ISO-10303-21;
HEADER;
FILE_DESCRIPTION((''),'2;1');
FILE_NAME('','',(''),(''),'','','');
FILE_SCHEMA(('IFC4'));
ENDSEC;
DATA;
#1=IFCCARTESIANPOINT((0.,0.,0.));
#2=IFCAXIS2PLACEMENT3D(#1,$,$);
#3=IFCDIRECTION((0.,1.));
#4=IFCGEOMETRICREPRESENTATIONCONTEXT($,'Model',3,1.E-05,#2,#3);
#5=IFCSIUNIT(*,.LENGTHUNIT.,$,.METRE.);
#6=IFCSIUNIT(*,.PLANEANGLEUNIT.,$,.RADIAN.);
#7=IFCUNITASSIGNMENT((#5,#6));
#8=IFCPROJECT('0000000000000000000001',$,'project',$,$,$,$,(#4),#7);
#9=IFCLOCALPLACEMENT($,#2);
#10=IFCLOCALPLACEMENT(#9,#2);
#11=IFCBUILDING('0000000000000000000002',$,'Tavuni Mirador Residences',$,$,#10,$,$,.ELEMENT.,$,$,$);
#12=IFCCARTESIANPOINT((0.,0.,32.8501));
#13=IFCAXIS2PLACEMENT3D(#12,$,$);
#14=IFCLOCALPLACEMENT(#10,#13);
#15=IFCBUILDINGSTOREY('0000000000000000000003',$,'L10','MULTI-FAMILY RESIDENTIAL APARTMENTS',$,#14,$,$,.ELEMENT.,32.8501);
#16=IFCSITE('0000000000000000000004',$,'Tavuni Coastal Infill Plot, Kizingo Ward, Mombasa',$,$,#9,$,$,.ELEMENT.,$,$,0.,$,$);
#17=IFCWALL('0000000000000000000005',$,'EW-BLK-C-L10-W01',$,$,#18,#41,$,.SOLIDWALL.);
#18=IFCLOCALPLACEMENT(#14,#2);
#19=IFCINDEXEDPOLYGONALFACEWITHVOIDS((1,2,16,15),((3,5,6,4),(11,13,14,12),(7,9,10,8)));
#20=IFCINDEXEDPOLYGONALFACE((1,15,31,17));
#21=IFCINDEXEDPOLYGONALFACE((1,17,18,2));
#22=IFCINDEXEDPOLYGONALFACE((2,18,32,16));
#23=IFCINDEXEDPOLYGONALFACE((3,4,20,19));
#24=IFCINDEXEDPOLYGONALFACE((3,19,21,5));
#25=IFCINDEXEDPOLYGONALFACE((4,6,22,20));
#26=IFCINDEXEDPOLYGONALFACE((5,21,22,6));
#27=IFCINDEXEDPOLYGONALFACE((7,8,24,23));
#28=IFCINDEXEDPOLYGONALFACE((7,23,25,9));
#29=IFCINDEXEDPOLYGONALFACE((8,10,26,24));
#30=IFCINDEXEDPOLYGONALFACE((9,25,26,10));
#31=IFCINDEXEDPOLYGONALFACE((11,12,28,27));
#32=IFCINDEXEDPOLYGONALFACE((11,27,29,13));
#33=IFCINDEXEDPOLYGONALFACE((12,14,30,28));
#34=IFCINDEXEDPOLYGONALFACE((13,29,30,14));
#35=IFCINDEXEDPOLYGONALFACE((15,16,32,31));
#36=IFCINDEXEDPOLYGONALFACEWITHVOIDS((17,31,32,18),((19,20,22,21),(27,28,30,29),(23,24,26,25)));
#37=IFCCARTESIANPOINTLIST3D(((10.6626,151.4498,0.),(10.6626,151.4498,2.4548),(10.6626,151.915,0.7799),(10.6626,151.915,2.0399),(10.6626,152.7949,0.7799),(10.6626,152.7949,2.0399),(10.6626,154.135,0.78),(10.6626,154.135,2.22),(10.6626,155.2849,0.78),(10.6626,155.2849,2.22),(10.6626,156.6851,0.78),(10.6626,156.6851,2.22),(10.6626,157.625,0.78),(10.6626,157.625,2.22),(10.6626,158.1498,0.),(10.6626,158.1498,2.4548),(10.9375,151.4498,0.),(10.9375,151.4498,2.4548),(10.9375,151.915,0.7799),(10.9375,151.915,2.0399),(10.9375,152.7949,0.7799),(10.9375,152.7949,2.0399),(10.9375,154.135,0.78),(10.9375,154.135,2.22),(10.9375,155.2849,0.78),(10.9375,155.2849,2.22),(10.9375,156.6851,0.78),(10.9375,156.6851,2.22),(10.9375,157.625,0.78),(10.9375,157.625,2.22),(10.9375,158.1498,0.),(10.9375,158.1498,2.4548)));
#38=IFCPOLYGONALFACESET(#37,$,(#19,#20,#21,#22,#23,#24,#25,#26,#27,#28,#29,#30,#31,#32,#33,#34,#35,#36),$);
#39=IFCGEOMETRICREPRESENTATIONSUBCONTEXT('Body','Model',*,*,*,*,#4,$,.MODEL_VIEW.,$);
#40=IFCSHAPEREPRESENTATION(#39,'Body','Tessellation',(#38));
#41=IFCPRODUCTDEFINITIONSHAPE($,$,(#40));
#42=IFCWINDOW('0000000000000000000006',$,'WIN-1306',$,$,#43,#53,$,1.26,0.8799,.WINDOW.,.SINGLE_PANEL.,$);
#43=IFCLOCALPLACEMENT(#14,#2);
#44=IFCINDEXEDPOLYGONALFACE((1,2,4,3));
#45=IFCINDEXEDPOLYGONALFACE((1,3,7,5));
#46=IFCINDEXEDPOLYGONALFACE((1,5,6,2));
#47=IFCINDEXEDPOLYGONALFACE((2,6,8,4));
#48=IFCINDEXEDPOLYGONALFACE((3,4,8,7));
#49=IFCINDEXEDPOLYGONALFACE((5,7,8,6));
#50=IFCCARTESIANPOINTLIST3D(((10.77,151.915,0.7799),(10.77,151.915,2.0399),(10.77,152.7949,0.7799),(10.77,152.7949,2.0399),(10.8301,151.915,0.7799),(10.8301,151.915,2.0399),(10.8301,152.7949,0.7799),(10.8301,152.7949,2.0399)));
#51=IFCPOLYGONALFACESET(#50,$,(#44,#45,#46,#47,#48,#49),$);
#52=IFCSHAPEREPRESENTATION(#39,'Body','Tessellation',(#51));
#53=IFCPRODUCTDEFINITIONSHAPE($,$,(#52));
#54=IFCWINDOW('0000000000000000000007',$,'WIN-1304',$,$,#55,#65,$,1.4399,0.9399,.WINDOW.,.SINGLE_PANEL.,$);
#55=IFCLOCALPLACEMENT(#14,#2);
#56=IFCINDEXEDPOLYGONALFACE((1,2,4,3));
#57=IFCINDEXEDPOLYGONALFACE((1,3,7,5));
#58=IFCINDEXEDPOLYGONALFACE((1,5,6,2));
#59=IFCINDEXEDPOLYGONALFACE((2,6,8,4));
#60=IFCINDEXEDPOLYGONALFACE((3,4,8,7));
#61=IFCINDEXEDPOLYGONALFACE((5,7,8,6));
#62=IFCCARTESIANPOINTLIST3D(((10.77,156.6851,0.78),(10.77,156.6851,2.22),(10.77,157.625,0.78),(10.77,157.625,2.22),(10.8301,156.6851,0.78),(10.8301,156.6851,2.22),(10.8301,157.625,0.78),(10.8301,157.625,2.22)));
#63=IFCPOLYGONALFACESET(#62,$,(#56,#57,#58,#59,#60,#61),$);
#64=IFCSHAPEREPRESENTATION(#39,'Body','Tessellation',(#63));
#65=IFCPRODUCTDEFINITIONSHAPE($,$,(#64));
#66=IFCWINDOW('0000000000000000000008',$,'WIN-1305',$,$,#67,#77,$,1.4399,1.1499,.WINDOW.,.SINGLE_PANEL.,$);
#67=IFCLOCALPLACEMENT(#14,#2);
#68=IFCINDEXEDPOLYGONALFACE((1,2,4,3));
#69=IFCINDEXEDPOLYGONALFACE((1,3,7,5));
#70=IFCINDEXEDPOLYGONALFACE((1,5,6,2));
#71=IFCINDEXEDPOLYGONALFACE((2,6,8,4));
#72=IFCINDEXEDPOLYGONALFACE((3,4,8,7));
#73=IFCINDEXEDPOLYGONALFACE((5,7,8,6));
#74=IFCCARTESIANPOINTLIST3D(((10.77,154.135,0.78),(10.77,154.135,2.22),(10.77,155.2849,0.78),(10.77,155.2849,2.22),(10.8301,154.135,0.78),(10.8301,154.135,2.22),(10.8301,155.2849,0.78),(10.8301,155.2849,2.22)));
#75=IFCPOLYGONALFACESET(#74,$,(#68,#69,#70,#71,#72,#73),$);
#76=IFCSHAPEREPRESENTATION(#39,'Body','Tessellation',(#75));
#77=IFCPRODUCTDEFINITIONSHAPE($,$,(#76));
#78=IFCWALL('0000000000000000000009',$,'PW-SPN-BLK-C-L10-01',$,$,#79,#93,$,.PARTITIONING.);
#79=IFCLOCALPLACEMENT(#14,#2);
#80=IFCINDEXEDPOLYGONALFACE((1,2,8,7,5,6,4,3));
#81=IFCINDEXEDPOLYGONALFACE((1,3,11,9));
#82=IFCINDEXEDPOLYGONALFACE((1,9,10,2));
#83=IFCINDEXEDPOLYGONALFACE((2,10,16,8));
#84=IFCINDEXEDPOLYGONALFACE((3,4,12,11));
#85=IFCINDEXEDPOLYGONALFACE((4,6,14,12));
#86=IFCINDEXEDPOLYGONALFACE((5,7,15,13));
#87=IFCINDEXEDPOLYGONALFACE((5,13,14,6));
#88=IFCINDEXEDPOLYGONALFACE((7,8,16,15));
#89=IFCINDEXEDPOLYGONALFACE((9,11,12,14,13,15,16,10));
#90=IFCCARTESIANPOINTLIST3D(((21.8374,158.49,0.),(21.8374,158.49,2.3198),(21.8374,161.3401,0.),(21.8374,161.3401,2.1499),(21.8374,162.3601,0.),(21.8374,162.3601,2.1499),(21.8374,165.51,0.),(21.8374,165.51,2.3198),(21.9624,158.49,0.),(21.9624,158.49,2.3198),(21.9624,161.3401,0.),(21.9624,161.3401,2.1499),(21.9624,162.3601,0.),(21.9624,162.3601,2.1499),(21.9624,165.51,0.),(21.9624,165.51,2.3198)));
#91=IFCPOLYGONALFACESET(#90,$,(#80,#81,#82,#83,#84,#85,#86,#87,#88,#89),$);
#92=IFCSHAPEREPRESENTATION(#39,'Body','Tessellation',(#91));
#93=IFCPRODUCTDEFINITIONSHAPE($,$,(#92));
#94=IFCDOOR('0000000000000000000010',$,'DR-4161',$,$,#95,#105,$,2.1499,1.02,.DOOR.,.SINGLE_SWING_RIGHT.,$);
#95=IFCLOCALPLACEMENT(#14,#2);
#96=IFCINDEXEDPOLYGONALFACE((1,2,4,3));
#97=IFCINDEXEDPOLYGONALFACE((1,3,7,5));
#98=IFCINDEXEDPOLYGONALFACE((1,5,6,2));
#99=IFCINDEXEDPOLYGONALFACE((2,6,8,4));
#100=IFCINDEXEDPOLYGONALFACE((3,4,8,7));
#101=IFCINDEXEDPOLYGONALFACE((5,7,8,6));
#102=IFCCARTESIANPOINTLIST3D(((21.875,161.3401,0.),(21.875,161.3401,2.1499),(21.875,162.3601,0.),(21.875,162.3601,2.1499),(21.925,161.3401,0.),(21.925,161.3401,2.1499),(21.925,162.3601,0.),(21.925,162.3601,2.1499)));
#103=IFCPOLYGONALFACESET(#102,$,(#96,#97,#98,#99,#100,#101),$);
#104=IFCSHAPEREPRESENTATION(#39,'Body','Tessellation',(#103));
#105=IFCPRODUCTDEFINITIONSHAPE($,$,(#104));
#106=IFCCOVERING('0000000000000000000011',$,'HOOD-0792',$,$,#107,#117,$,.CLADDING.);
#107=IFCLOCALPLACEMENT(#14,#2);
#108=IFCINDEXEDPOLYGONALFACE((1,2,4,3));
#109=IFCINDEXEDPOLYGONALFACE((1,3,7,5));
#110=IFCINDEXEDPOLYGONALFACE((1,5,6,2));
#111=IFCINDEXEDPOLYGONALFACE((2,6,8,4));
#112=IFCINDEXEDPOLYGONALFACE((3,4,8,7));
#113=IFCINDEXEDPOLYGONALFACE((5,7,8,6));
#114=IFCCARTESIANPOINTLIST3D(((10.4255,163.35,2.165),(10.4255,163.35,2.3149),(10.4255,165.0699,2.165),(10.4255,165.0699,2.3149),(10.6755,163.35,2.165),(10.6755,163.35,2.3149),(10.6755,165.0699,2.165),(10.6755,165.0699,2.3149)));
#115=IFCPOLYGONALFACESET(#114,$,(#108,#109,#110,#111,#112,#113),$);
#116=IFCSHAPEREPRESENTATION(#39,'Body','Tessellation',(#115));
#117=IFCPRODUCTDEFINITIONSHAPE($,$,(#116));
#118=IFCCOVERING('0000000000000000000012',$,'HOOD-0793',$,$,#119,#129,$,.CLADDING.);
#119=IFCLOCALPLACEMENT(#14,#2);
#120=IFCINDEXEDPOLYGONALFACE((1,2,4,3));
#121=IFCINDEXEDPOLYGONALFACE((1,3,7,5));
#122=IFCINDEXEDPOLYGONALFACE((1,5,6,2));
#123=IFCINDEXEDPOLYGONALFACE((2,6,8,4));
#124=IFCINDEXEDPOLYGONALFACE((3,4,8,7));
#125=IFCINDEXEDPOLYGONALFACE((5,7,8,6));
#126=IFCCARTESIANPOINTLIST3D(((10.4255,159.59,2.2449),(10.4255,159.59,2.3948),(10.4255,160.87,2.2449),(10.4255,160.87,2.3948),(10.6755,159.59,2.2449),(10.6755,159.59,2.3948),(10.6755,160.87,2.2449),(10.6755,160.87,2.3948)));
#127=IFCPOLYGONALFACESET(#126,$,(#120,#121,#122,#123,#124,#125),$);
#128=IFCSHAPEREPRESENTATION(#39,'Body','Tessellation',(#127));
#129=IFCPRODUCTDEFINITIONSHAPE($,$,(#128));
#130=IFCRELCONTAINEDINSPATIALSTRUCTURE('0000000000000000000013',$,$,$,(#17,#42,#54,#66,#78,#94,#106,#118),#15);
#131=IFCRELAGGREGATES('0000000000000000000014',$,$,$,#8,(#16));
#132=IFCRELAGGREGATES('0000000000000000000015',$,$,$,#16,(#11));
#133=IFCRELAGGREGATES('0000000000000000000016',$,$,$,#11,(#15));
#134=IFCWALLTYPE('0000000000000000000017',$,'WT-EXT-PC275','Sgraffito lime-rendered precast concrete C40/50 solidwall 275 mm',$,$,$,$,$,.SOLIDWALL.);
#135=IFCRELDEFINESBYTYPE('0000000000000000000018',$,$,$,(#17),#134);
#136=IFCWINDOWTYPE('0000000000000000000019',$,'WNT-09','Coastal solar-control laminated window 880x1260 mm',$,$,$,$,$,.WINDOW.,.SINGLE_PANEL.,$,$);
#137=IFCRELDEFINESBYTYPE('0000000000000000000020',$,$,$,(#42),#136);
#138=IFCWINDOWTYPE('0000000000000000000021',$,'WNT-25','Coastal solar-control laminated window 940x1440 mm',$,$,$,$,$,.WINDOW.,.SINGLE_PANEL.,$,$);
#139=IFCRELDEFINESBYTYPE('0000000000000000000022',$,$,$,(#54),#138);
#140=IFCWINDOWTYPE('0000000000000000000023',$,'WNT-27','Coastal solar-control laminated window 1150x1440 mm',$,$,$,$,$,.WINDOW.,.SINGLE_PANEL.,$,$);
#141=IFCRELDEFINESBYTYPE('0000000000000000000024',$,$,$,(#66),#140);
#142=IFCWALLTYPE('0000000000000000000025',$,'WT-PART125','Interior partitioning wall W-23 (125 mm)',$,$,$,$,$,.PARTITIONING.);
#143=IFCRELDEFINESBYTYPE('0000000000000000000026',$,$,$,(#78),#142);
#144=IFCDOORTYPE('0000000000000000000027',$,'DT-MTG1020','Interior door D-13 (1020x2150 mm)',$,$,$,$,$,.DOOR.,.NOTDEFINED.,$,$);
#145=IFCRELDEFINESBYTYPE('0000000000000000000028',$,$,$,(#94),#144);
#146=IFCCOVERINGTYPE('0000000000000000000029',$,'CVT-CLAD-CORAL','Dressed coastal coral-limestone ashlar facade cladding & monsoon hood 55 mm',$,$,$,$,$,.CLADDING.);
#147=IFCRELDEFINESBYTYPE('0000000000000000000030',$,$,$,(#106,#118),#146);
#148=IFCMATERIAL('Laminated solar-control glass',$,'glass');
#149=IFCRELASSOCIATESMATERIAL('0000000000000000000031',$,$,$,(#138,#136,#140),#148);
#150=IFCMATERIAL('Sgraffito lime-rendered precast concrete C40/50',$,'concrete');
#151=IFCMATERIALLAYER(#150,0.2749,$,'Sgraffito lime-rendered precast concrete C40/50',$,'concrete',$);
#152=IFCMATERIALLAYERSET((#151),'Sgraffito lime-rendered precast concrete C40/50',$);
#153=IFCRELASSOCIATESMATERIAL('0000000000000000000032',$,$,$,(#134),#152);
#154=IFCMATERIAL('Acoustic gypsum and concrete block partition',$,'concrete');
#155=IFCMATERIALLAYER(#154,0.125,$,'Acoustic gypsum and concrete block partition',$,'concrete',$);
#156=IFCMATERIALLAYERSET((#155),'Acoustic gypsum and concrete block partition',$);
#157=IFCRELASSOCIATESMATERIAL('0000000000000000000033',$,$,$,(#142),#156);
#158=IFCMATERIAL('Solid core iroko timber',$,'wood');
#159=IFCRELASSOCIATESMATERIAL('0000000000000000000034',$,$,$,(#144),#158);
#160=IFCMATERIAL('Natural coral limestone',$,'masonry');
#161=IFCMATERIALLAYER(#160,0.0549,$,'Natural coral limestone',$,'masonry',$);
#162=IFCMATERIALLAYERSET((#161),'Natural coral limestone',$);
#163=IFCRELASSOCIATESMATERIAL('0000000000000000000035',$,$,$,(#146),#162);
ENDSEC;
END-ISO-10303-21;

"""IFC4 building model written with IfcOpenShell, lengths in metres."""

from ifc_helpers import new_model, si_unit, direction, frame, frame_2d, origin, origin_2d, place, context, subcontext, project, spatial, rectangle, extrude, material, layer, layer_set, type_object, element, fill, save


model = new_model("IFC4")

# Units and contexts
model_context = context("Model", 3, precision=1e-05, world=origin(), true_north=direction((0.0, 1.0)))
body_context = subcontext(model_context, "Body", "Model", "MODEL_VIEW")
ifc_project = project(units=[si_unit("LENGTHUNIT", "METRE"), si_unit("PLANEANGLEUNIT", "RADIAN")], contexts=[model_context])

# Site, building, storey
site_placement = place(None, origin())
site = spatial("IfcSite", under=ifc_project, at=site_placement, Name="Tavuni Coastal Infill Plot, Kizingo Ward, Mombasa", CompositionType="ELEMENT", RefElevation=0.0)
building_placement = place(site_placement, origin())
building = spatial("IfcBuilding", under=site, at=building_placement, Name="Tavuni Mirador Residences", CompositionType="ELEMENT")
storey_placement = place(building_placement, frame((0.0, 0.0, 32.8501)))
storey = spatial("IfcBuildingStorey", under=building, at=storey_placement, Name="L10", Description="MULTI-FAMILY RESIDENTIAL APARTMENTS", CompositionType="ELEMENT", Elevation=32.8501)

# Wall, openings, windows
ifc_material_1 = material(Name="Sgraffito lime-rendered precast concrete C40/50", Category="concrete")
ifc_material_2 = material(Name="Laminated solar-control glass", Category="glass")
window_type_1 = type_object("IfcWindowType", Name="WNT-25", Description="Coastal solar-control laminated window 940x1440 mm", PartitioningType="SINGLE_PANEL", PredefinedType="WINDOW", material=ifc_material_2)
ifc_layer_1 = layer(ifc_material_1, 0.2749, Name="Sgraffito lime-rendered precast concrete C40/50", Category="concrete")
ifc_layer_set_1 = layer_set([ifc_layer_1], Name="Sgraffito lime-rendered precast concrete C40/50")
wall_type_1 = type_object("IfcWallType", Name="WT-EXT-PC275", Description="Sgraffito lime-rendered precast concrete C40/50 solidwall 275 mm", PredefinedType="SOLIDWALL", material=ifc_layer_set_1)
wall_1_placement = place(storey_placement, frame((10.8, 158.1499, 0.0), z_axis=(0.0, 0.0, 1.0), x_axis=(0.0, -1.0, 0.0)))
wall_1 = element("IfcWall", 1, at=wall_1_placement, inside=storey, type_object=wall_type_1, Name="EW-BLK-C-L10-W01", PredefinedType="SOLIDWALL", context=body_context, shape_type="SweptSolid", body=[
    extrude(rectangle(XDim=6.7, YDim=0.2749, at=frame_2d((3.3501, 0.0))), origin(), (0.0, 0.0, 1.0), 2.4548),
])
opening_1_placement = place(wall_1_placement, frame((0.5249, 0.0, 0.78)))
opening_1 = element("IfcOpeningElement", 2, at=opening_1_placement, cuts=wall_1, PredefinedType="OPENING", context=body_context, shape_type="SweptSolid", body=[
    extrude(rectangle(XDim=0.9399, YDim=1.4399, at=frame_2d((0.47, 0.72))), frame((0.0, 0.1475, 0.0), z_axis=(0.0, -1.0, 0.0), x_axis=(1.0, 0.0, 0.0)), (0.0, 0.0, 1.0), 0.2949),
])
opening_2_placement = place(wall_1_placement, frame((2.865, 0.0, 0.78)))
opening_2 = element("IfcOpeningElement", 3, at=opening_2_placement, cuts=wall_1, PredefinedType="OPENING", context=body_context, shape_type="SweptSolid", body=[
    extrude(rectangle(XDim=1.1499, YDim=1.4399, at=frame_2d((0.575, 0.72))), frame((0.0, 0.1475, 0.0), z_axis=(0.0, -1.0, 0.0), x_axis=(1.0, 0.0, 0.0)), (0.0, 0.0, 1.0), 0.2949),
])
opening_3_placement = place(wall_1_placement, frame((5.355, 0.0, 0.78)))
opening_3 = element("IfcOpeningElement", 4, at=opening_3_placement, cuts=wall_1, PredefinedType="OPENING", context=body_context, shape_type="SweptSolid", body=[
    extrude(rectangle(XDim=0.8799, YDim=1.26, at=frame_2d((0.4399, 0.6299))), frame((0.0, 0.1475, 0.0), z_axis=(0.0, -1.0, 0.0), x_axis=(1.0, 0.0, 0.0)), (0.0, 0.0, 1.0), 0.2949),
])
window_type_2 = type_object("IfcWindowType", Name="WNT-09", Description="Coastal solar-control laminated window 880x1260 mm", PartitioningType="SINGLE_PANEL", PredefinedType="WINDOW", material=ifc_material_2)
window_1_placement = place(opening_3_placement, origin())
window_1 = element("IfcWindow", 5, at=window_1_placement, inside=storey, type_object=window_type_2, Name="WIN-1306", OverallHeight=1.26, OverallWidth=0.8799, PartitioningType="SINGLE_PANEL", PredefinedType="WINDOW", context=body_context, shape_type="SweptSolid", body=[
    extrude(rectangle(XDim=0.8799, YDim=1.26, at=frame_2d((0.4399, 0.6299))), frame((0.0, 0.03, 0.0), z_axis=(0.0, -1.0, 0.0), x_axis=(1.0, 0.0, 0.0)), (0.0, 0.0, 1.0), 0.0601),
])
fill(opening_3, window_1)
window_2_placement = place(opening_1_placement, origin())
window_2 = element("IfcWindow", 6, at=window_2_placement, inside=storey, type_object=window_type_1, Name="WIN-1304", OverallHeight=1.4399, OverallWidth=0.9399, PartitioningType="SINGLE_PANEL", PredefinedType="WINDOW", context=body_context, shape_type="SweptSolid", body=[
    extrude(rectangle(XDim=0.9399, YDim=1.4399, at=frame_2d((0.47, 0.72))), frame((0.0, 0.03, 0.0), z_axis=(0.0, -1.0, 0.0), x_axis=(1.0, 0.0, 0.0)), (0.0, 0.0, 1.0), 0.0601),
])
fill(opening_1, window_2)
window_type_3 = type_object("IfcWindowType", Name="WNT-27", Description="Coastal solar-control laminated window 1150x1440 mm", PartitioningType="SINGLE_PANEL", PredefinedType="WINDOW", material=ifc_material_2)
window_3_placement = place(opening_2_placement, origin())
window_3 = element("IfcWindow", 7, at=window_3_placement, inside=storey, type_object=window_type_3, Name="WIN-1305", OverallHeight=1.4399, OverallWidth=1.1499, PartitioningType="SINGLE_PANEL", PredefinedType="WINDOW", context=body_context, shape_type="SweptSolid", body=[
    extrude(rectangle(XDim=1.1499, YDim=1.4399, at=frame_2d((0.575, 0.72))), frame((0.0, 0.03, 0.0), z_axis=(0.0, -1.0, 0.0), x_axis=(1.0, 0.0, 0.0)), (0.0, 0.0, 1.0), 0.0601),
])
fill(opening_2, window_3)

# Wall, opening, door
ifc_material_3 = material(Name="Acoustic gypsum and concrete block partition", Category="concrete")
ifc_layer_2 = layer(ifc_material_3, 0.125, Name="Acoustic gypsum and concrete block partition", Category="concrete")
ifc_layer_set_2 = layer_set([ifc_layer_2], Name="Acoustic gypsum and concrete block partition")
wall_type_2 = type_object("IfcWallType", Name="WT-PART125", Description="Interior partitioning wall W-23 (125 mm)", PredefinedType="PARTITIONING", material=ifc_layer_set_2)
wall_2_placement = place(storey_placement, frame((21.8999, 158.49, 0.0), z_axis=(0.0, 0.0, 1.0), x_axis=(0.0, 1.0, 0.0)))
wall_2 = element("IfcWall", 8, at=wall_2_placement, inside=storey, type_object=wall_type_2, Name="PW-SPN-BLK-C-L10-01", PredefinedType="PARTITIONING", context=body_context, shape_type="SweptSolid", body=[
    extrude(rectangle(XDim=7.02, YDim=0.125, at=frame_2d((3.51, 0.0))), origin(), (0.0, 0.0, 1.0), 2.3198),
])
opening_4_placement = place(wall_2_placement, frame((2.8501, 0.0, 0.0)))
opening_4 = element("IfcOpeningElement", 9, at=opening_4_placement, cuts=wall_2, PredefinedType="OPENING", context=body_context, shape_type="SweptSolid", body=[
    extrude(rectangle(XDim=1.02, YDim=2.1499, at=frame_2d((0.51, 1.075))), frame((0.0, 0.0725, 0.0), z_axis=(0.0, -1.0, 0.0), x_axis=(1.0, 0.0, 0.0)), (0.0, 0.0, 1.0), 0.145),
])
ifc_material_4 = material(Name="Solid core iroko timber", Category="wood")
door_type = type_object("IfcDoorType", Name="DT-MTG1020", Description="Interior door D-13 (1020x2150 mm)", OperationType="NOTDEFINED", PredefinedType="DOOR", material=ifc_material_4)
door_placement = place(opening_4_placement, origin())
door = element("IfcDoor", 10, at=door_placement, inside=storey, type_object=door_type, Name="DR-4161", OperationType="SINGLE_SWING_RIGHT", OverallHeight=2.1499, OverallWidth=1.02, PredefinedType="DOOR", context=body_context, shape_type="SweptSolid", body=[
    extrude(rectangle(XDim=1.02, YDim=2.1499, at=frame_2d((0.51, 1.075))), frame((0.0, 0.0249, 0.0), z_axis=(0.0, -1.0, 0.0), x_axis=(1.0, 0.0, 0.0)), (0.0, 0.0, 1.0), 0.05),
])
fill(opening_4, door)

# Coverings
ifc_material_5 = material(Name="Natural coral limestone", Category="masonry")
ifc_layer_3 = layer(ifc_material_5, 0.0549, Name="Natural coral limestone", Category="masonry")
ifc_layer_set_3 = layer_set([ifc_layer_3], Name="Natural coral limestone")
covering_type = type_object("IfcCoveringType", Name="CVT-CLAD-CORAL", Description="Dressed coastal coral-limestone ashlar facade cladding & monsoon hood 55 mm", PredefinedType="CLADDING", material=ifc_layer_set_3)
covering_1_placement = place(storey_placement, frame((10.5505, 164.21, 2.165), z_axis=(0.0, 0.0, 1.0), x_axis=(0.0, -1.0, 0.0)))
element("IfcCovering", 11, at=covering_1_placement, inside=storey, type_object=covering_type, Name="HOOD-0792", PredefinedType="CLADDING", context=body_context, shape_type="SweptSolid", body=[
    extrude(rectangle(XDim=1.72, YDim=0.25, at=origin_2d()), origin(), (0.0, 0.0, 1.0), 0.1499),
])
covering_2_placement = place(storey_placement, frame((10.5505, 160.23, 2.2449), z_axis=(0.0, 0.0, 1.0), x_axis=(0.0, -1.0, 0.0)))
element("IfcCovering", 12, at=covering_2_placement, inside=storey, type_object=covering_type, Name="HOOD-0793", PredefinedType="CLADDING", context=body_context, shape_type="SweptSolid", body=[
    extrude(rectangle(XDim=1.28, YDim=0.25, at=origin_2d()), origin(), (0.0, 0.0, 1.0), 0.1499),
])

save(model, "model.ifc")
